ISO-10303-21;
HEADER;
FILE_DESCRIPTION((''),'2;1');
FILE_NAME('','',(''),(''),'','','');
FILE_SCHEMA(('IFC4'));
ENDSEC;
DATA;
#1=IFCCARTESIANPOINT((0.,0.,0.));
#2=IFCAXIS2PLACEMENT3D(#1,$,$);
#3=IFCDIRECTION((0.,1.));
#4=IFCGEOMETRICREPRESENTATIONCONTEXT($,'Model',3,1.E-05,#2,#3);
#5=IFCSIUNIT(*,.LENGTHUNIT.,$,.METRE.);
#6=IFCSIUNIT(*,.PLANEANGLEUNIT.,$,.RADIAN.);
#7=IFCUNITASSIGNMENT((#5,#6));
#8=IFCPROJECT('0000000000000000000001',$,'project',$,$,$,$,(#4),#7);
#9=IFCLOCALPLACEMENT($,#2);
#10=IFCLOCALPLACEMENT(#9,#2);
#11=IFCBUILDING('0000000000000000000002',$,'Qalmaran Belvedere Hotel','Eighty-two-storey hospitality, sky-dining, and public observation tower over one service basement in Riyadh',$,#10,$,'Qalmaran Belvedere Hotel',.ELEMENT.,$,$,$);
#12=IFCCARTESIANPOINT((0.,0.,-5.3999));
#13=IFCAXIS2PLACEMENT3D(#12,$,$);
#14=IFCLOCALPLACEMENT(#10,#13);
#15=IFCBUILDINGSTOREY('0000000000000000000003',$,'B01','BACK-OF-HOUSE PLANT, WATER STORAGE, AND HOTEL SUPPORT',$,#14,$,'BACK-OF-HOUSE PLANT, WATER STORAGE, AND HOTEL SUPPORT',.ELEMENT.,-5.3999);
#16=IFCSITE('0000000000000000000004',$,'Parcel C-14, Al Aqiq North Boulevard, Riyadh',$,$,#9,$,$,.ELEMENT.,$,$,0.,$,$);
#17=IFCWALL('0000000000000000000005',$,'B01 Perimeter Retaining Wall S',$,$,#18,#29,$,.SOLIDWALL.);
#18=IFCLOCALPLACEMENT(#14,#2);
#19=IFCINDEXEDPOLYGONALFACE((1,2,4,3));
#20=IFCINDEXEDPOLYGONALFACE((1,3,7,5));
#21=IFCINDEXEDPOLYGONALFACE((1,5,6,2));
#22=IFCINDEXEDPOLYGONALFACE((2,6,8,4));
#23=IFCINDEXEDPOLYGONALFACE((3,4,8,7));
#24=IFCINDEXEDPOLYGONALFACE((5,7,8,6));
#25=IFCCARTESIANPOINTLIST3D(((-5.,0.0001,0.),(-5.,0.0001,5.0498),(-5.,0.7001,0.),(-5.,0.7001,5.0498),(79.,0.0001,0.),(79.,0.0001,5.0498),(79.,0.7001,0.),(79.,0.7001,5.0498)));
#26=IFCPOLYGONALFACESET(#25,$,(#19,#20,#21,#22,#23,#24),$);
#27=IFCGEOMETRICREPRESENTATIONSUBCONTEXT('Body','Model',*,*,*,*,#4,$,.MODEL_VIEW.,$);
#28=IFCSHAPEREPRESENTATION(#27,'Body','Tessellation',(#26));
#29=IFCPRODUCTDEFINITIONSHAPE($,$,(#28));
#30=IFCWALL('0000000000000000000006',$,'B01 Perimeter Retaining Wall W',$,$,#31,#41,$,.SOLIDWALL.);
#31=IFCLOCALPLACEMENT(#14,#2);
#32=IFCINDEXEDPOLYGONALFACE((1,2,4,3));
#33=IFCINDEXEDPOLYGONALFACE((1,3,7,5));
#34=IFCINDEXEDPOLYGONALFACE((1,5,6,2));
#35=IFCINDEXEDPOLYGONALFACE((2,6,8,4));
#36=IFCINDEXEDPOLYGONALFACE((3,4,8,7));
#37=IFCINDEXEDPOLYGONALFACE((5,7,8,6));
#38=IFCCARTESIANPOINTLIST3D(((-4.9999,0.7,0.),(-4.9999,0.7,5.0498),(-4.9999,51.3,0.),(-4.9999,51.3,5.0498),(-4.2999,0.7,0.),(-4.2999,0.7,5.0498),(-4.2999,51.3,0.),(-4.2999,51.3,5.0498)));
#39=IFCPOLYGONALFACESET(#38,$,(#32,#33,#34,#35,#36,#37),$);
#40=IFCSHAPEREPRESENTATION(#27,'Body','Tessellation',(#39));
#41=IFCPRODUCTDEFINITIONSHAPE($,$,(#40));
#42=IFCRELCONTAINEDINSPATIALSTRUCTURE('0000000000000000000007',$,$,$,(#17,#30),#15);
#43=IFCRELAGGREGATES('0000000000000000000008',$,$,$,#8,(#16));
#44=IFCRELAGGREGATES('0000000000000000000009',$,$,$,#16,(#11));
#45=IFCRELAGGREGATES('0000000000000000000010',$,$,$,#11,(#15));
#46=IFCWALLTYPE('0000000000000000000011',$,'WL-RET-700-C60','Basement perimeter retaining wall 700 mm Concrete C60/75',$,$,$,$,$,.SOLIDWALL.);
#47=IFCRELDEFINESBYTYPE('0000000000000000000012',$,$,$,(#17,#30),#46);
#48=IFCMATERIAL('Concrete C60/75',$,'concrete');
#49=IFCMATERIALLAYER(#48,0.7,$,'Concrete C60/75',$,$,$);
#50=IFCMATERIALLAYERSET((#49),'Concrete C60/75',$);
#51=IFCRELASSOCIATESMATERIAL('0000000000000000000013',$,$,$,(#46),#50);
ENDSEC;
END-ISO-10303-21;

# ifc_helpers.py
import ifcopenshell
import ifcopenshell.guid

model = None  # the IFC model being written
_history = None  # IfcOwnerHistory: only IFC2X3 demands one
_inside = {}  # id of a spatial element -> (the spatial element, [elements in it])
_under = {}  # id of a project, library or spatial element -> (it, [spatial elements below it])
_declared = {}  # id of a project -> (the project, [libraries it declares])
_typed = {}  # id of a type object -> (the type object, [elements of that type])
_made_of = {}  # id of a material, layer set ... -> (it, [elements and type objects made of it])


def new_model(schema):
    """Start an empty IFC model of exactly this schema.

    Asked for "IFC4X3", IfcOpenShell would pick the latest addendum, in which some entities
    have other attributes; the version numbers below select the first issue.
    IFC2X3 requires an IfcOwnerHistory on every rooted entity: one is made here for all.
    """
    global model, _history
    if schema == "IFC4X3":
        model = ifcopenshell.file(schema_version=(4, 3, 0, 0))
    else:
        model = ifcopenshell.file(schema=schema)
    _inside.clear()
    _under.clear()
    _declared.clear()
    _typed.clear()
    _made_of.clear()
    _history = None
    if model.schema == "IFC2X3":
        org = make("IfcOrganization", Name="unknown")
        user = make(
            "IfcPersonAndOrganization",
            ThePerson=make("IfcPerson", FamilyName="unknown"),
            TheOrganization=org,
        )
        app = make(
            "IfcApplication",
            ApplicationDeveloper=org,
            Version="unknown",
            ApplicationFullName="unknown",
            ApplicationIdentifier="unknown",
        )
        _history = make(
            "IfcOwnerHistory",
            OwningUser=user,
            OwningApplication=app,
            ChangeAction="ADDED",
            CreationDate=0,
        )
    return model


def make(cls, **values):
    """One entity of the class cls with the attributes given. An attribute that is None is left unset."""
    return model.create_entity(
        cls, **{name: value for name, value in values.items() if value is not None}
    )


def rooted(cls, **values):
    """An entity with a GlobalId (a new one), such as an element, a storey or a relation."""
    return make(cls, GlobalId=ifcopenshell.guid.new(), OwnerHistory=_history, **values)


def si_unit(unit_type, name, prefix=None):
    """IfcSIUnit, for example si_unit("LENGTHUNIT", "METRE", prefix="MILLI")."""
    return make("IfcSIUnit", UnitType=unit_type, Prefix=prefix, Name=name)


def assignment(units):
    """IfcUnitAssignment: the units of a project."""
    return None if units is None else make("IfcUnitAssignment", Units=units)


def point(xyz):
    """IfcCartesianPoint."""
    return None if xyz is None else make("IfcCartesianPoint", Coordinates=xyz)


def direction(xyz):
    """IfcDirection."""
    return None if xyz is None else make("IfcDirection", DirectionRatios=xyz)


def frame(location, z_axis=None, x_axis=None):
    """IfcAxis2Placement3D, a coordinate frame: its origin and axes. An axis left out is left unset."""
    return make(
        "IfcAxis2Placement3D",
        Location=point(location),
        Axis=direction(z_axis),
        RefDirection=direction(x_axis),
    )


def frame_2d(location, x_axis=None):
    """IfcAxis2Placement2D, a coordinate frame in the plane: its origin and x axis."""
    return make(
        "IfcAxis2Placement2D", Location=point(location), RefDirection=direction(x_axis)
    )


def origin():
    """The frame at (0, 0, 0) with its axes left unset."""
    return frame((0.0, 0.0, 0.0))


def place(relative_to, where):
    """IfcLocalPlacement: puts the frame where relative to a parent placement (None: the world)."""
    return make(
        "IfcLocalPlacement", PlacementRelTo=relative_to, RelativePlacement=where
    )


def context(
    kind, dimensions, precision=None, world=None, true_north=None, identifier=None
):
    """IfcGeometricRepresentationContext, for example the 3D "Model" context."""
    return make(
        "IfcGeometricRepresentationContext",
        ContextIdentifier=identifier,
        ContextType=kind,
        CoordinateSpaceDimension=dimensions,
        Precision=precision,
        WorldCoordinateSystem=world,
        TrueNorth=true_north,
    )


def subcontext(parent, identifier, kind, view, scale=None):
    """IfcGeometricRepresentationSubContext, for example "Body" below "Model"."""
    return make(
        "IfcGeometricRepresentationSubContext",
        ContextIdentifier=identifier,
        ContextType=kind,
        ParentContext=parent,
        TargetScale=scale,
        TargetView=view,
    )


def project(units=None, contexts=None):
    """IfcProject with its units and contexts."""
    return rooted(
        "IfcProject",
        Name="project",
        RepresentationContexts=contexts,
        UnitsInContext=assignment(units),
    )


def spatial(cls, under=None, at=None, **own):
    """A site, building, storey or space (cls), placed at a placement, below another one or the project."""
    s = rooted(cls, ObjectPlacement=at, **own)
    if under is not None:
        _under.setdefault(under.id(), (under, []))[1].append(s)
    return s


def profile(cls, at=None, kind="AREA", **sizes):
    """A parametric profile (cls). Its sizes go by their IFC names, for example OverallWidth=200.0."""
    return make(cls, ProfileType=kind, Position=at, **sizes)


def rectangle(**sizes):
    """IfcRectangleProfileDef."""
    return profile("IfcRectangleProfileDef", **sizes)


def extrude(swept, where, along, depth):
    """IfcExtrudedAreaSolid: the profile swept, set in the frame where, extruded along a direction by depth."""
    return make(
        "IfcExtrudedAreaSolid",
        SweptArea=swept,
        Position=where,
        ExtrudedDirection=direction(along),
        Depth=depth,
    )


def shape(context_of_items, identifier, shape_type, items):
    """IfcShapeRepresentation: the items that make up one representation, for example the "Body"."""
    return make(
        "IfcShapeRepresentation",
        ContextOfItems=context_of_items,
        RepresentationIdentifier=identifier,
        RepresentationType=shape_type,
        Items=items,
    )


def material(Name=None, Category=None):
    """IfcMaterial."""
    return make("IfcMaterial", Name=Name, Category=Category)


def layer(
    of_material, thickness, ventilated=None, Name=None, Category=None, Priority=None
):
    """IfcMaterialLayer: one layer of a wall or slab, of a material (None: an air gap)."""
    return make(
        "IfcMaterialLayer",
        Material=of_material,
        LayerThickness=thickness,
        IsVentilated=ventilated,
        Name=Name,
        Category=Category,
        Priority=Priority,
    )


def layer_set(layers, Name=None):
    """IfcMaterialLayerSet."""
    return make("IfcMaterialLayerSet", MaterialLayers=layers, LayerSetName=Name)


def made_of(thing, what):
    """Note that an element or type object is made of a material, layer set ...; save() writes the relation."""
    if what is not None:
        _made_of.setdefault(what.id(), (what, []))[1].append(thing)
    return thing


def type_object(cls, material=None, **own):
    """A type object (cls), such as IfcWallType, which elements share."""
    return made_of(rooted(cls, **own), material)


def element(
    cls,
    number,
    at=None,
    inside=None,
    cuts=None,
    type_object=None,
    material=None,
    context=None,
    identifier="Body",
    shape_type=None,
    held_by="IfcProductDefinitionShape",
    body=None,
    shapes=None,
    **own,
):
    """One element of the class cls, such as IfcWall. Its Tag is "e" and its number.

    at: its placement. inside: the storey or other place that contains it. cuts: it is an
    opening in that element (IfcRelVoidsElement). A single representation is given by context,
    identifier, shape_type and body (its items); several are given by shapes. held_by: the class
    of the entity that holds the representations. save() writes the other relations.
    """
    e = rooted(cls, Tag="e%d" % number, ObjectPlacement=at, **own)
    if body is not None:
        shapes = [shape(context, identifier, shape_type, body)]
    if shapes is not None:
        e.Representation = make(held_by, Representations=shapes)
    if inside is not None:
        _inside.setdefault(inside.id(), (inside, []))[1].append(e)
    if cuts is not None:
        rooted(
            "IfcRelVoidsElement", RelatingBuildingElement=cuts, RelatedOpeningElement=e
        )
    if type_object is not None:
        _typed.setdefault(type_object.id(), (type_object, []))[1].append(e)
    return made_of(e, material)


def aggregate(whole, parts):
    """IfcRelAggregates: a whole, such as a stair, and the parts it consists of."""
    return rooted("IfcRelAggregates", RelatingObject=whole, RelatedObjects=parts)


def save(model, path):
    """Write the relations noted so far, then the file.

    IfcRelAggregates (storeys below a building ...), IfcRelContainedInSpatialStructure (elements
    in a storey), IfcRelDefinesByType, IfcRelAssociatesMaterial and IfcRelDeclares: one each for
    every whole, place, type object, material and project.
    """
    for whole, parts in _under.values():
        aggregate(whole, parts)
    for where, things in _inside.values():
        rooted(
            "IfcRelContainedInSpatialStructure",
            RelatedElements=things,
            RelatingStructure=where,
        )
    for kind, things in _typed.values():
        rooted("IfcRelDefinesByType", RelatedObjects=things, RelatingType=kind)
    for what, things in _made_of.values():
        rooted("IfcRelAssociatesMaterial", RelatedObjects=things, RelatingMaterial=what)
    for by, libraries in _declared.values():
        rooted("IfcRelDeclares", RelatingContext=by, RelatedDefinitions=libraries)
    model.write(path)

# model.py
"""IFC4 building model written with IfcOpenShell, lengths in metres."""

from ifc_helpers import new_model, si_unit, direction, frame, frame_2d, origin, place, context, subcontext, project, spatial, rectangle, extrude, material, layer, layer_set, type_object, element, save


model = new_model("IFC4")

# Units and contexts
model_context = context("Model", 3, precision=1e-05, world=origin(), true_north=direction((0.0, 1.0)))
body_context = subcontext(model_context, "Body", "Model", "MODEL_VIEW")
ifc_project = project(units=[si_unit("LENGTHUNIT", "METRE"), si_unit("PLANEANGLEUNIT", "RADIAN")], contexts=[model_context])

# Site, building, storey
site_placement = place(None, origin())
site = spatial("IfcSite", under=ifc_project, at=site_placement, Name="Parcel C-14, Al Aqiq North Boulevard, Riyadh", CompositionType="ELEMENT", RefElevation=0.0)
building_placement = place(site_placement, origin())
building = spatial("IfcBuilding", under=site, at=building_placement, Name="Qalmaran Belvedere Hotel", Description="Eighty-two-storey hospitality, sky-dining, and public observation tower over one service basement in Riyadh", LongName="Qalmaran Belvedere Hotel", CompositionType="ELEMENT")
storey_placement = place(building_placement, frame((0.0, 0.0, -5.3999)))
storey = spatial("IfcBuildingStorey", under=building, at=storey_placement, Name="B01", Description="BACK-OF-HOUSE PLANT, WATER STORAGE, AND HOTEL SUPPORT", LongName="BACK-OF-HOUSE PLANT, WATER STORAGE, AND HOTEL SUPPORT", CompositionType="ELEMENT", Elevation=-5.3999)

# Shared definitions
ifc_material_1 = material(Name="Concrete C60/75", Category="concrete")

# Walls
ifc_layer_1 = layer(ifc_material_1, 0.7, Name="Concrete C60/75")
ifc_layer_set_1 = layer_set([ifc_layer_1], Name="Concrete C60/75")
wall_type = type_object("IfcWallType", Name="WL-RET-700-C60", Description="Basement perimeter retaining wall 700 mm Concrete C60/75", PredefinedType="SOLIDWALL", material=ifc_layer_set_1)
wall_1_placement = place(storey_placement, frame((-5.0, 0.3501, 0.0), z_axis=(0.0, 0.0, 1.0), x_axis=(1.0, 0.0, 0.0)))
element("IfcWall", 1, at=wall_1_placement, inside=storey, type_object=wall_type, Name="B01 Perimeter Retaining Wall S", PredefinedType="SOLIDWALL", context=body_context, shape_type="SweptSolid", body=[
    extrude(rectangle(XDim=84.0, YDim=0.7, at=frame_2d((42.0, 0.0))), origin(), (0.0, 0.0, 1.0), 5.0498),
])
wall_2_placement = place(storey_placement, frame((-4.6499, 0.7, 0.0), z_axis=(0.0, 0.0, 1.0), x_axis=(0.0, 1.0, 0.0)))
element("IfcWall", 2, at=wall_2_placement, inside=storey, type_object=wall_type, Name="B01 Perimeter Retaining Wall W", PredefinedType="SOLIDWALL", context=body_context, shape_type="SweptSolid", body=[
    extrude(rectangle(XDim=50.6001, YDim=0.7, at=frame_2d((25.3, 0.0))), origin(), (0.0, 0.0, 1.0), 5.0498),
])

save(model, "model.ifc")
